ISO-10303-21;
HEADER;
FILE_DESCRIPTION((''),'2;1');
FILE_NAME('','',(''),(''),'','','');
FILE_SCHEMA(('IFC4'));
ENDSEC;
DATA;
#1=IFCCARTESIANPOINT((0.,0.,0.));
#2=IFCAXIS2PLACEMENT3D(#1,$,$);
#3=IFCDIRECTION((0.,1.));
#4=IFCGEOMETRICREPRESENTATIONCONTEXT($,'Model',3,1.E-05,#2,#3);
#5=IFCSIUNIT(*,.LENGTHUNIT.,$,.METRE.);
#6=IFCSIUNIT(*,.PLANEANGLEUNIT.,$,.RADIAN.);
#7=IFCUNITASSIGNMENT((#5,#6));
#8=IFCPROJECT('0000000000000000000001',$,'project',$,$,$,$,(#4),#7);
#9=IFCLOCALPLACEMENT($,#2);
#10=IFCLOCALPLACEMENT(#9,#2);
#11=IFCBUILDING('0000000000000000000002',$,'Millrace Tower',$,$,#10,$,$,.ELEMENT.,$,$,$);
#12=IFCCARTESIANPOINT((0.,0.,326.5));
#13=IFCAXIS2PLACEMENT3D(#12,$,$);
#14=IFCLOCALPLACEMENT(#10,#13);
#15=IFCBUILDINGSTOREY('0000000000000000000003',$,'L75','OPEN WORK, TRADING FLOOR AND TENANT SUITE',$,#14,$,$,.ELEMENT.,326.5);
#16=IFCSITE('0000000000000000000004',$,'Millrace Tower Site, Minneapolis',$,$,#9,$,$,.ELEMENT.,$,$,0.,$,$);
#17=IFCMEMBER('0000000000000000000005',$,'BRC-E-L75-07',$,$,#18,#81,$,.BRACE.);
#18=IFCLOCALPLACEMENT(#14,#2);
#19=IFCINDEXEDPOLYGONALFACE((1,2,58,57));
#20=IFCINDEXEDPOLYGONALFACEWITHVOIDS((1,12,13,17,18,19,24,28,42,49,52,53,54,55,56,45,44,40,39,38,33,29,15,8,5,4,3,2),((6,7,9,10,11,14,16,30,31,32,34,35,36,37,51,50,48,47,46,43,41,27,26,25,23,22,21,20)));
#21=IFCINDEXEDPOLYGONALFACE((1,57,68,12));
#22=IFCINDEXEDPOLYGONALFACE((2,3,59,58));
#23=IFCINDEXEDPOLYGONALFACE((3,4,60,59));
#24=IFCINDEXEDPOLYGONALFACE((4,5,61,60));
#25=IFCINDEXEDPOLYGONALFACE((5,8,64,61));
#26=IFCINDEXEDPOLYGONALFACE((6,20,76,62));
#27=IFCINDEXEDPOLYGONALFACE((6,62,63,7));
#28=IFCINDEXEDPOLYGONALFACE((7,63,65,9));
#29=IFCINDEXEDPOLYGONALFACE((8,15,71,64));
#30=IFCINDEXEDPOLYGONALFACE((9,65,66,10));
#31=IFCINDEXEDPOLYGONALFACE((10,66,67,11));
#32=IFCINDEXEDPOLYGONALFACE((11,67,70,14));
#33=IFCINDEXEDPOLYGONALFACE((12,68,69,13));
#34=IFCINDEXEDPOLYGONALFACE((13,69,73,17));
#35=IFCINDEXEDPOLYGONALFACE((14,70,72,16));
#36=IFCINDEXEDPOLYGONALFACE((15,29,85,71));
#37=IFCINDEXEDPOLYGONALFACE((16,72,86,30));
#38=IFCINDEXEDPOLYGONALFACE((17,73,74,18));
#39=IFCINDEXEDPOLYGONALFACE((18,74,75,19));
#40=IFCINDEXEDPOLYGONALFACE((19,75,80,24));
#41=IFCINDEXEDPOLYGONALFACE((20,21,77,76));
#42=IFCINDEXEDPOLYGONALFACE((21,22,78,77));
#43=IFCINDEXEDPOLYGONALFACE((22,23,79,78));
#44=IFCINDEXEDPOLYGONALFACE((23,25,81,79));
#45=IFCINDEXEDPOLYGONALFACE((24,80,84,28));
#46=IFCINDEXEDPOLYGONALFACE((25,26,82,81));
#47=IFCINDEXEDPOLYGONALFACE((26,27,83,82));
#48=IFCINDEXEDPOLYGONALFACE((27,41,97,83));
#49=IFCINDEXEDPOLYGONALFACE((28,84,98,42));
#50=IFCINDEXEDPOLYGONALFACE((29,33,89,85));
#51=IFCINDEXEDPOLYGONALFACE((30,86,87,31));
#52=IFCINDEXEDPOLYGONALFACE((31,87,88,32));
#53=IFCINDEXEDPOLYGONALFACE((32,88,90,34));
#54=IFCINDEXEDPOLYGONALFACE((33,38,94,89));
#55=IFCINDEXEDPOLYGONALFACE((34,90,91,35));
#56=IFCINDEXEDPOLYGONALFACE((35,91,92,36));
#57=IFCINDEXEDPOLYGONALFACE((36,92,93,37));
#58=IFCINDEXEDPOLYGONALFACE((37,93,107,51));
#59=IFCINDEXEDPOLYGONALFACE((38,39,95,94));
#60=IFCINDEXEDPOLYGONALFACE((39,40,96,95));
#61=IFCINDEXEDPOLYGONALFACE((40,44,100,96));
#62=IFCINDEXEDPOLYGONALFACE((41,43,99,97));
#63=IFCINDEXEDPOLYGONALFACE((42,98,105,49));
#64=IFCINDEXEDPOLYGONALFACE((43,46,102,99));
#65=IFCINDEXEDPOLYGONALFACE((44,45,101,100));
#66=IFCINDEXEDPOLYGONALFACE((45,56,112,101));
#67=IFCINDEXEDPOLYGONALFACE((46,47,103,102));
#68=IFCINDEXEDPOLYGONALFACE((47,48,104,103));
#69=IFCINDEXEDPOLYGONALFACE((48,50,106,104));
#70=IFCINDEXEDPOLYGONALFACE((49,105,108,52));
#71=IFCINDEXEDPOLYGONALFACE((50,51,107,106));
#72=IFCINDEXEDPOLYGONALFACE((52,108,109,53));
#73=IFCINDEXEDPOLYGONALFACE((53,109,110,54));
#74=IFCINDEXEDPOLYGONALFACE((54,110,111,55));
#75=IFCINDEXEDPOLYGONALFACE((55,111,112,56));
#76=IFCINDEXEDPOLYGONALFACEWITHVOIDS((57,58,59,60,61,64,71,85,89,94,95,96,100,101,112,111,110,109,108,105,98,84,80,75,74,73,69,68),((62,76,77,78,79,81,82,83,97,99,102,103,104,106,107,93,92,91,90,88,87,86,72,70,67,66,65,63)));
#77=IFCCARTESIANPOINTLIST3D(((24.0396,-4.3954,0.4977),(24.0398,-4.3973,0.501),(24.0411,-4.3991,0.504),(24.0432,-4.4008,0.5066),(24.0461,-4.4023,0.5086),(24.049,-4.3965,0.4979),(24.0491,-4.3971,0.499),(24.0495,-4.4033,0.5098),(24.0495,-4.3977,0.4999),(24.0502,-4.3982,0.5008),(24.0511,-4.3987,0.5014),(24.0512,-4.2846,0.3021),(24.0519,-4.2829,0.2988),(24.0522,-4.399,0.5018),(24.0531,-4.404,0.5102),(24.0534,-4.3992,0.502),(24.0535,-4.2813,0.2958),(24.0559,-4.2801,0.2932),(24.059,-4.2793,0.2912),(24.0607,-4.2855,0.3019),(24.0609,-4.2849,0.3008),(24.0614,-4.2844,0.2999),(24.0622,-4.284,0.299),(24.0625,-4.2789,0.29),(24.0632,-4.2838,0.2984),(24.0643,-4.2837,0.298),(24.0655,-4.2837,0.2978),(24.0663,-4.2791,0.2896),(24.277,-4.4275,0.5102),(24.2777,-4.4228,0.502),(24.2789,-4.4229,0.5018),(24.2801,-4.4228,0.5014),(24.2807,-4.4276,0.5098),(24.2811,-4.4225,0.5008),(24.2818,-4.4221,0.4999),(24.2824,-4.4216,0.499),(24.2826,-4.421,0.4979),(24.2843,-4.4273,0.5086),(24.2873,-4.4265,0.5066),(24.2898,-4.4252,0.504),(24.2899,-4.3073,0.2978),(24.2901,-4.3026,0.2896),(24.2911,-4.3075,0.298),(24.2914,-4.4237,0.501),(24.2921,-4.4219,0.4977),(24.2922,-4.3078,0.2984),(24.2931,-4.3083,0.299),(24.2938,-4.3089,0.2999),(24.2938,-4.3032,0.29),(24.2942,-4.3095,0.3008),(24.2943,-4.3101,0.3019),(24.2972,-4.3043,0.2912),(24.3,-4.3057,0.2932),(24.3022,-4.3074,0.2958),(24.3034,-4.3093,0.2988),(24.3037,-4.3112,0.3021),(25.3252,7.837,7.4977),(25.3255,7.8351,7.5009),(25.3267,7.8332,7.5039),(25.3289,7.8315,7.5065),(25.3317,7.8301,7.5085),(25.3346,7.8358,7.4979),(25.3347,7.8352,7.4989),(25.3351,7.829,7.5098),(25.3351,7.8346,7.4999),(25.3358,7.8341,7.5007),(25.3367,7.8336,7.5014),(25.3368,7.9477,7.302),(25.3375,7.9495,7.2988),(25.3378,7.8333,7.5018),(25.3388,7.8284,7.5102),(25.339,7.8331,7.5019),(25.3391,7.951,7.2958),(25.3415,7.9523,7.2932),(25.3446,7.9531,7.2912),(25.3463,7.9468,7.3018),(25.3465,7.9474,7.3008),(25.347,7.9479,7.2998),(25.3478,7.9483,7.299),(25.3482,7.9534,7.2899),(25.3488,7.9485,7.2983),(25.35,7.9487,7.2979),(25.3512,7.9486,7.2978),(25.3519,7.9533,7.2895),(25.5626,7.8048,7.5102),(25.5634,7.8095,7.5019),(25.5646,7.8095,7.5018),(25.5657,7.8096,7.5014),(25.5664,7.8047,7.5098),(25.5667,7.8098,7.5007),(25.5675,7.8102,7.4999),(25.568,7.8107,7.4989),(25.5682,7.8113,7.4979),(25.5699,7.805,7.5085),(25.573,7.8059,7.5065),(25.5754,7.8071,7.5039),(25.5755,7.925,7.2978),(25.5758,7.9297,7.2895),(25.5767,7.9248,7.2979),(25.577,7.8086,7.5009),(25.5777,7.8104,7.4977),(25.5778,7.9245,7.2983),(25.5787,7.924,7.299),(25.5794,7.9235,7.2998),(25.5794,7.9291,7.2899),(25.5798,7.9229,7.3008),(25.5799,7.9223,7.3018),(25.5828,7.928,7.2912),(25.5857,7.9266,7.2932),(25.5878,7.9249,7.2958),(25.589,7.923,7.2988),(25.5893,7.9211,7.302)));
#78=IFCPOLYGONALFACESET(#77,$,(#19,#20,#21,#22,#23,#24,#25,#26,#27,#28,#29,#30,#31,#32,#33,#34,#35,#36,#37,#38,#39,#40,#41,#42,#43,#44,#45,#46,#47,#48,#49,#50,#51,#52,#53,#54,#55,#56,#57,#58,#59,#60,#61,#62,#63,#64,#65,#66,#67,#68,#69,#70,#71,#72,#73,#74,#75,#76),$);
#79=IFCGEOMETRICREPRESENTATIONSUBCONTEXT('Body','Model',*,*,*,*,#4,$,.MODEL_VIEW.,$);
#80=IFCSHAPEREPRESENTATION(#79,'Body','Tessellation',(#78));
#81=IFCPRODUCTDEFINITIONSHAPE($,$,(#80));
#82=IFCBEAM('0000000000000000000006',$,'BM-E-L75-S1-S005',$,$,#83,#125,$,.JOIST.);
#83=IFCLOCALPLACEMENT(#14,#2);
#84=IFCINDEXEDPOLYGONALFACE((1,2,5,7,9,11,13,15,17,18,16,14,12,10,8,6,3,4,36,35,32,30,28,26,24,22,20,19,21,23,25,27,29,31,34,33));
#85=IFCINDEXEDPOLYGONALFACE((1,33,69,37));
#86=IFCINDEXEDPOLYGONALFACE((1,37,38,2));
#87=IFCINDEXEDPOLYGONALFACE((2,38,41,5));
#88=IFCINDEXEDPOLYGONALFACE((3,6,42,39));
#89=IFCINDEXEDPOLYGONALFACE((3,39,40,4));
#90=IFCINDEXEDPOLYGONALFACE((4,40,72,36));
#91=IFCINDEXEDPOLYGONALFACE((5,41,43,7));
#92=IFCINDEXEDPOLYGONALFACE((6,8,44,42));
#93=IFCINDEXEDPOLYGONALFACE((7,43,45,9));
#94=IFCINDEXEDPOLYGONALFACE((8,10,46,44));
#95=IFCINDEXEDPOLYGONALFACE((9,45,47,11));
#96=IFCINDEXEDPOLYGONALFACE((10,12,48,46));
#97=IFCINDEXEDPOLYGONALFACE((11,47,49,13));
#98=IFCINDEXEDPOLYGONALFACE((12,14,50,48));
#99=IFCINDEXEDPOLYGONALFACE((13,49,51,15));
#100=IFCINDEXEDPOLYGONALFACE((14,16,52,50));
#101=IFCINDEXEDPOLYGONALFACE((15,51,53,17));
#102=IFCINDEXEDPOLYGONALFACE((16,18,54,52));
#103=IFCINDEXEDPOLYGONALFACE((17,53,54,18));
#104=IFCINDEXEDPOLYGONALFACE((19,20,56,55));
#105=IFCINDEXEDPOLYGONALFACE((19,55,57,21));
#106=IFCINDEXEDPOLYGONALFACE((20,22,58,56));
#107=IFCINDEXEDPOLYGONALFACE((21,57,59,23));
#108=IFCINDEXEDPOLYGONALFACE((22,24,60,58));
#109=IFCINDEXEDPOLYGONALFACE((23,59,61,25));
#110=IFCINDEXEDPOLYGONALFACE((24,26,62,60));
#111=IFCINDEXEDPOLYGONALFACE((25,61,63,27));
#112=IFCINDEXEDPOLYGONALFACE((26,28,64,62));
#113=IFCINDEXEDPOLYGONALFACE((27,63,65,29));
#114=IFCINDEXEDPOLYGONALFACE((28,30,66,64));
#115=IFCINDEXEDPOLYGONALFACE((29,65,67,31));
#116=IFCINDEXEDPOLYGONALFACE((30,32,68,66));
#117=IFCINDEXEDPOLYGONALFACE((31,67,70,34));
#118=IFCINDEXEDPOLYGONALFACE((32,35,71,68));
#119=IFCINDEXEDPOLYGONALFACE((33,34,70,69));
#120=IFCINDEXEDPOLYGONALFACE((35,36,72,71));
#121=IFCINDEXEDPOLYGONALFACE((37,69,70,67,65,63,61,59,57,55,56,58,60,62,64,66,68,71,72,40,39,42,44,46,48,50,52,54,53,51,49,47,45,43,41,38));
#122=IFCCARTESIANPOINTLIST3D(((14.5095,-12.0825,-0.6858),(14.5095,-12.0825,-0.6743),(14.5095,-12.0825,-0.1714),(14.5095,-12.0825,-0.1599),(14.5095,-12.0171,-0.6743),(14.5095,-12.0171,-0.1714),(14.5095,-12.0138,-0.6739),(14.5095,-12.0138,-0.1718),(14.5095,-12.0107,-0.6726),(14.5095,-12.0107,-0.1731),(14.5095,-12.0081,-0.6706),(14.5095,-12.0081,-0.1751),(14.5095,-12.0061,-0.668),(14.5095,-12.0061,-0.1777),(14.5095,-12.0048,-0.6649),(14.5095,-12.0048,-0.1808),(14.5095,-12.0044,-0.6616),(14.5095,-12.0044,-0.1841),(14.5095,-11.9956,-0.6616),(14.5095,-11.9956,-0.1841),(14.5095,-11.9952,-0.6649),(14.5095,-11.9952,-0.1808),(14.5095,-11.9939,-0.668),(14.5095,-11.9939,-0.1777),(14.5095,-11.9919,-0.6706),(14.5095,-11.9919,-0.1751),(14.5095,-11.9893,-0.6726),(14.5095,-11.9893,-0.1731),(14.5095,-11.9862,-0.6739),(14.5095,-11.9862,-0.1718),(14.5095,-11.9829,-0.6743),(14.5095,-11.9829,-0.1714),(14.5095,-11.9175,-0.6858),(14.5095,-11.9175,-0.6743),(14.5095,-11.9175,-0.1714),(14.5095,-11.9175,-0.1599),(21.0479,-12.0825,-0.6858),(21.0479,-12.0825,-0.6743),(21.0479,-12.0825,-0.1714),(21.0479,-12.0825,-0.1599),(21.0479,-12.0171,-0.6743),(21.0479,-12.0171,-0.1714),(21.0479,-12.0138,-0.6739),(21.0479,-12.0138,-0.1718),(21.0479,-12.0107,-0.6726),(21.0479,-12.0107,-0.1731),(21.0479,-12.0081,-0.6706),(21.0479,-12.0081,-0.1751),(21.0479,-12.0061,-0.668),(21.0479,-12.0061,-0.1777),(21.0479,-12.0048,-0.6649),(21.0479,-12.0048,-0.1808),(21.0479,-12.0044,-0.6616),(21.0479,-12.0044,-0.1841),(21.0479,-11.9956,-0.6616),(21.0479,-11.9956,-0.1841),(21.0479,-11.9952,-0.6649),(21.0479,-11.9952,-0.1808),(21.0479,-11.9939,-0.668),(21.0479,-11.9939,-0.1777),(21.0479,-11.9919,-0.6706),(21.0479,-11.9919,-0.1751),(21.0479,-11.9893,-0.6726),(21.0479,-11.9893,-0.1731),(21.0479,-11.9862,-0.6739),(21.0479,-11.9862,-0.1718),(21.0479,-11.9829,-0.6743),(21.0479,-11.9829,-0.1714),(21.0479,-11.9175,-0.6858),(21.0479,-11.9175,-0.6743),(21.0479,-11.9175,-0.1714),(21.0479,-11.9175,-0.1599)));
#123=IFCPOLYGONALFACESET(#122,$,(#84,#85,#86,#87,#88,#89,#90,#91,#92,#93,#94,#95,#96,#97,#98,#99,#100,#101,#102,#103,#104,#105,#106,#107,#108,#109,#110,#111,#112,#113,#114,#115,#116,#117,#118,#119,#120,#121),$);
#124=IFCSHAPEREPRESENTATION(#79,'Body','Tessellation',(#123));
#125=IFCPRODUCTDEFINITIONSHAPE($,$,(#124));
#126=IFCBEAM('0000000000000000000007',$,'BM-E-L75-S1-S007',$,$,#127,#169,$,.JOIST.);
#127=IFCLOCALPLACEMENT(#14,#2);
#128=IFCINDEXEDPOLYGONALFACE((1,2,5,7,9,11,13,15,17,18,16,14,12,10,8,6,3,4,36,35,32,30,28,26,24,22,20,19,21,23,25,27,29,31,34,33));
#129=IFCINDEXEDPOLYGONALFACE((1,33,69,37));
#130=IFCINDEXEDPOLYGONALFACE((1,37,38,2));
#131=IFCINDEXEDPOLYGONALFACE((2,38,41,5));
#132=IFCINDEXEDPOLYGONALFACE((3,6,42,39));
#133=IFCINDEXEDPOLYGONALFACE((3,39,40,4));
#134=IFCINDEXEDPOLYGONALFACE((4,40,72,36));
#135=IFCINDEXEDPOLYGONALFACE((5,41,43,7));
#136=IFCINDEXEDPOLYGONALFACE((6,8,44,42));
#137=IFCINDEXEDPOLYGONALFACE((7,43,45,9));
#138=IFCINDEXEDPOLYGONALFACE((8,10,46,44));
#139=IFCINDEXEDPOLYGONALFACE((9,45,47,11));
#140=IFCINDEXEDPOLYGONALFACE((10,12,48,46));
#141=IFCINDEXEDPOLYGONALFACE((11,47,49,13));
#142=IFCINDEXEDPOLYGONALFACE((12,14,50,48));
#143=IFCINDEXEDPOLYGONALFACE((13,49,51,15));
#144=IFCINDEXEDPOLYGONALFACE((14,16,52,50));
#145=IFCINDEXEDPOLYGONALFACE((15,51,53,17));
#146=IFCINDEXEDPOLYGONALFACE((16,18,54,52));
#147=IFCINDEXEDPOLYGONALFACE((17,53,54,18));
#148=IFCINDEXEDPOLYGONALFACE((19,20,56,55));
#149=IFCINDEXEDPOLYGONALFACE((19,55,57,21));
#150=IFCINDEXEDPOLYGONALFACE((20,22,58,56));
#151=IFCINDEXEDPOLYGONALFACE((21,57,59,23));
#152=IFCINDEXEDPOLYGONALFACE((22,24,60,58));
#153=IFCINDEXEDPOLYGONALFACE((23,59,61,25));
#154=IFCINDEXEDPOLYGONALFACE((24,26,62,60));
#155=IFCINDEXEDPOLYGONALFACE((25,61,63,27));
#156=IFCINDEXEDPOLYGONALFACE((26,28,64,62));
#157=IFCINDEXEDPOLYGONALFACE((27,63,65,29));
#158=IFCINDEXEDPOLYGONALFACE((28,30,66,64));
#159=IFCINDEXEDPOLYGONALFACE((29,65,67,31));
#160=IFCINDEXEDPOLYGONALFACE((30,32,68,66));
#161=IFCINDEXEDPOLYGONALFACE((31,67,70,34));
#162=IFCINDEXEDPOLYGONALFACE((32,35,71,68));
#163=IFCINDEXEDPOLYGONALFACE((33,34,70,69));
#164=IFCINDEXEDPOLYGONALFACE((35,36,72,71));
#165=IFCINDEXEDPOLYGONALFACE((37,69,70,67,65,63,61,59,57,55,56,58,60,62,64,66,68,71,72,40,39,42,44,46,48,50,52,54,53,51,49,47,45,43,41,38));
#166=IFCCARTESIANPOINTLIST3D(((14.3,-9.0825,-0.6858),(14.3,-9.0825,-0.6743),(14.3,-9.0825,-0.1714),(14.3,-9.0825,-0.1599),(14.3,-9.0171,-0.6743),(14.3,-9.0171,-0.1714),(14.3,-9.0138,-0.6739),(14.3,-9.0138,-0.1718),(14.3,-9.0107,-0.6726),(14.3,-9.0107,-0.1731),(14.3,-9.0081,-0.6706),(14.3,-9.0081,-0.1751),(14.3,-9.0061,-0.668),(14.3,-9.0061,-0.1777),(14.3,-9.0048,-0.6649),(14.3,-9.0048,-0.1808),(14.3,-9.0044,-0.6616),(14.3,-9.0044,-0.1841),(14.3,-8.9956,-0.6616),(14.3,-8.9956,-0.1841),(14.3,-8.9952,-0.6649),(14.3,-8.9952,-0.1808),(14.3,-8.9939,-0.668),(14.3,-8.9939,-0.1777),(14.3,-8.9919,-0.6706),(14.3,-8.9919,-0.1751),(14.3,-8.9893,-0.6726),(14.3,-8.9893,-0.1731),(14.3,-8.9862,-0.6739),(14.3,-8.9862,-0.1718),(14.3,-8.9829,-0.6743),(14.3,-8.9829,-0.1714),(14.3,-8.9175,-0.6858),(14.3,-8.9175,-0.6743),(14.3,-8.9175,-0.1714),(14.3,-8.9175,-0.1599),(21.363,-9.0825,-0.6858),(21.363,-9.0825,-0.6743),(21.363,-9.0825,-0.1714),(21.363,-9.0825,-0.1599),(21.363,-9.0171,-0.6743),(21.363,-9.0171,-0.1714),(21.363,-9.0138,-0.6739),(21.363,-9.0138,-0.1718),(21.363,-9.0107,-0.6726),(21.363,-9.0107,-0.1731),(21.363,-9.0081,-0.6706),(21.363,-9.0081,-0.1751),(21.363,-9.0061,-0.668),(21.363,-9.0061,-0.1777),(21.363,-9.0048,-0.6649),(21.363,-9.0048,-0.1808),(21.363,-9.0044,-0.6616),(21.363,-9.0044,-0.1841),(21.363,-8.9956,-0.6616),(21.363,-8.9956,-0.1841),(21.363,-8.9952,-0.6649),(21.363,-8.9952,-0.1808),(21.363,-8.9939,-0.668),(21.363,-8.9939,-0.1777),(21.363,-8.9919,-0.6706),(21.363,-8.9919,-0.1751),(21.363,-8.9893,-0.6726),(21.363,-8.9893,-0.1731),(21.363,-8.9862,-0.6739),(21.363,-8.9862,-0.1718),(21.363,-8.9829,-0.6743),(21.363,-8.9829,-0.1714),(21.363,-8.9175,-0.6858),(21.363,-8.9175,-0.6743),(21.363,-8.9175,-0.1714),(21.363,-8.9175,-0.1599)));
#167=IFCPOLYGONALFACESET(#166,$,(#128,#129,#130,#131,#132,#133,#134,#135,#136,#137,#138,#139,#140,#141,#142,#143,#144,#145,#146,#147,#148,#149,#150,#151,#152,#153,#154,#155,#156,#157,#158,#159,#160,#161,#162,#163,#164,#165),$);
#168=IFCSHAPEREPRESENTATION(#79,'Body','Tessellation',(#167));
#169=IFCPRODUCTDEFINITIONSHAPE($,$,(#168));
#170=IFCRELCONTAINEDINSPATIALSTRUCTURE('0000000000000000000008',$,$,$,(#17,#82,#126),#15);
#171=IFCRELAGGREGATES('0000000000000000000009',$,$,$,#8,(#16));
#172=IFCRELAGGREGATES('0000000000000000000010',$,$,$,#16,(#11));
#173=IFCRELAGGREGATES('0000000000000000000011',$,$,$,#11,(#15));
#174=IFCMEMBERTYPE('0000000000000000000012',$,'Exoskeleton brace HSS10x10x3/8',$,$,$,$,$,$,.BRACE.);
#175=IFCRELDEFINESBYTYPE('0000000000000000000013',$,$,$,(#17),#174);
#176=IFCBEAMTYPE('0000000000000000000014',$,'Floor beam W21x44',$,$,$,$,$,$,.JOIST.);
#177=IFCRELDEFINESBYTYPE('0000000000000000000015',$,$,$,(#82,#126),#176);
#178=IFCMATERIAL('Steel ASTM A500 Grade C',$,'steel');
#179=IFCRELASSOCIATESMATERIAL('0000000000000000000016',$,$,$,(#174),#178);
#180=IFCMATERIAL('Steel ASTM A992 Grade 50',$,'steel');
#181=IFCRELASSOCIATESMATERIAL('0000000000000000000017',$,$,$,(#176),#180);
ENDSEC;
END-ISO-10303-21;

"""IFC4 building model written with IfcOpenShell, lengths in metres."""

from ifc_helpers import new_model, si_unit, direction, frame, origin, origin_2d, place, context, subcontext, project, spatial, hollow_rectangle, i_section, extrude, material, material_profile, profile_set, type_object, element, save


model = new_model("IFC4")

# Units and contexts
model_context = context("Model", 3, precision=1e-05, world=origin(), true_north=direction((0.0, 1.0)))
body_context = subcontext(model_context, "Body", "Model", "MODEL_VIEW")
ifc_project = project(units=[si_unit("LENGTHUNIT", "METRE"), si_unit("PLANEANGLEUNIT", "RADIAN")], contexts=[model_context])

# Site, building, storey
site_placement = place(None, origin())
site = spatial("IfcSite", under=ifc_project, at=site_placement, Name="Millrace Tower Site, Minneapolis", CompositionType="ELEMENT", RefElevation=0.0)
building_placement = place(site_placement, origin())
building = spatial("IfcBuilding", under=site, at=building_placement, Name="Millrace Tower", CompositionType="ELEMENT")
storey_placement = place(building_placement, frame((0.0, 0.0, 326.5)))
storey = spatial("IfcBuildingStorey", under=building, at=storey_placement, Name="L75", Description="OPEN WORK, TRADING FLOOR AND TENANT SUITE", CompositionType="ELEMENT", Elevation=326.5)

# Member
ifc_material_1 = material(Name="Steel ASTM A500 Grade C", Category="steel")
ifc_material_profile_1 = material_profile(ifc_material_1, hollow_rectangle(XDim=0.2539, YDim=0.2539, WallThickness=0.0095, InnerFilletRadius=0.0046, OuterFilletRadius=0.0144, at=origin_2d()))
ifc_profile_set_1 = profile_set([ifc_material_profile_1], Name="Steel ASTM A500 Grade C")
member_type_1 = type_object("IfcMemberType", Name="Exoskeleton brace HSS10x10x3/8", PredefinedType="BRACE", material=ifc_profile_set_1)
member_1_placement = place(storey_placement, frame((24.1716, -4.3533, 0.3999), z_axis=(0.090844, 0.864347, 0.494622), x_axis=(-0.994522, 0.104526, 0.0)))
element("IfcMember", 1, at=member_1_placement, inside=storey, type_object=member_type_1, Name="BRC-E-L75-07", PredefinedType="BRACE", context=body_context, shape_type="SweptSolid", body=[
    extrude(hollow_rectangle(XDim=0.2539, YDim=0.2539, WallThickness=0.0095, InnerFilletRadius=0.0046, OuterFilletRadius=0.0144, at=origin_2d()), origin(), (0.0, 0.0, 1.0), 14.1521),
])

# Beams
ifc_material_2 = material(Name="Steel ASTM A992 Grade 50", Category="steel")
ifc_material_profile_2 = material_profile(ifc_material_2, i_section(OverallWidth=0.165, OverallDepth=0.5259, WebThickness=0.0088, FlangeThickness=0.0115, FilletRadius=0.0127, at=origin_2d()))
ifc_profile_set_2 = profile_set([ifc_material_profile_2], Name="Steel ASTM A992 Grade 50")
beam_type_1 = type_object("IfcBeamType", Name="Floor beam W21x44", PredefinedType="JOIST", material=ifc_profile_set_2)
beam_1_placement = place(storey_placement, frame((14.5095, -12.0, -0.4229), z_axis=(1.0, 0.0, 0.0), x_axis=(0.0, 1.0, 0.0)))
element("IfcBeam", 2, at=beam_1_placement, inside=storey, type_object=beam_type_1, Name="BM-E-L75-S1-S005", PredefinedType="JOIST", context=body_context, shape_type="SweptSolid", body=[
    extrude(i_section(OverallWidth=0.165, OverallDepth=0.5259, WebThickness=0.0088, FlangeThickness=0.0115, FilletRadius=0.0127, at=origin_2d()), origin(), (0.0, 0.0, 1.0), 6.5383),
])
beam_2_placement = place(storey_placement, frame((14.3, -9.0, -0.4229), z_axis=(1.0, 0.0, 0.0), x_axis=(0.0, 1.0, 0.0)))
element("IfcBeam", 3, at=beam_2_placement, inside=storey, type_object=beam_type_1, Name="BM-E-L75-S1-S007", PredefinedType="JOIST", context=body_context, shape_type="SweptSolid", body=[
    extrude(i_section(OverallWidth=0.165, OverallDepth=0.5259, WebThickness=0.0088, FlangeThickness=0.0115, FilletRadius=0.0127, at=origin_2d()), origin(), (0.0, 0.0, 1.0), 7.063),
])

save(model, "model.ifc")
